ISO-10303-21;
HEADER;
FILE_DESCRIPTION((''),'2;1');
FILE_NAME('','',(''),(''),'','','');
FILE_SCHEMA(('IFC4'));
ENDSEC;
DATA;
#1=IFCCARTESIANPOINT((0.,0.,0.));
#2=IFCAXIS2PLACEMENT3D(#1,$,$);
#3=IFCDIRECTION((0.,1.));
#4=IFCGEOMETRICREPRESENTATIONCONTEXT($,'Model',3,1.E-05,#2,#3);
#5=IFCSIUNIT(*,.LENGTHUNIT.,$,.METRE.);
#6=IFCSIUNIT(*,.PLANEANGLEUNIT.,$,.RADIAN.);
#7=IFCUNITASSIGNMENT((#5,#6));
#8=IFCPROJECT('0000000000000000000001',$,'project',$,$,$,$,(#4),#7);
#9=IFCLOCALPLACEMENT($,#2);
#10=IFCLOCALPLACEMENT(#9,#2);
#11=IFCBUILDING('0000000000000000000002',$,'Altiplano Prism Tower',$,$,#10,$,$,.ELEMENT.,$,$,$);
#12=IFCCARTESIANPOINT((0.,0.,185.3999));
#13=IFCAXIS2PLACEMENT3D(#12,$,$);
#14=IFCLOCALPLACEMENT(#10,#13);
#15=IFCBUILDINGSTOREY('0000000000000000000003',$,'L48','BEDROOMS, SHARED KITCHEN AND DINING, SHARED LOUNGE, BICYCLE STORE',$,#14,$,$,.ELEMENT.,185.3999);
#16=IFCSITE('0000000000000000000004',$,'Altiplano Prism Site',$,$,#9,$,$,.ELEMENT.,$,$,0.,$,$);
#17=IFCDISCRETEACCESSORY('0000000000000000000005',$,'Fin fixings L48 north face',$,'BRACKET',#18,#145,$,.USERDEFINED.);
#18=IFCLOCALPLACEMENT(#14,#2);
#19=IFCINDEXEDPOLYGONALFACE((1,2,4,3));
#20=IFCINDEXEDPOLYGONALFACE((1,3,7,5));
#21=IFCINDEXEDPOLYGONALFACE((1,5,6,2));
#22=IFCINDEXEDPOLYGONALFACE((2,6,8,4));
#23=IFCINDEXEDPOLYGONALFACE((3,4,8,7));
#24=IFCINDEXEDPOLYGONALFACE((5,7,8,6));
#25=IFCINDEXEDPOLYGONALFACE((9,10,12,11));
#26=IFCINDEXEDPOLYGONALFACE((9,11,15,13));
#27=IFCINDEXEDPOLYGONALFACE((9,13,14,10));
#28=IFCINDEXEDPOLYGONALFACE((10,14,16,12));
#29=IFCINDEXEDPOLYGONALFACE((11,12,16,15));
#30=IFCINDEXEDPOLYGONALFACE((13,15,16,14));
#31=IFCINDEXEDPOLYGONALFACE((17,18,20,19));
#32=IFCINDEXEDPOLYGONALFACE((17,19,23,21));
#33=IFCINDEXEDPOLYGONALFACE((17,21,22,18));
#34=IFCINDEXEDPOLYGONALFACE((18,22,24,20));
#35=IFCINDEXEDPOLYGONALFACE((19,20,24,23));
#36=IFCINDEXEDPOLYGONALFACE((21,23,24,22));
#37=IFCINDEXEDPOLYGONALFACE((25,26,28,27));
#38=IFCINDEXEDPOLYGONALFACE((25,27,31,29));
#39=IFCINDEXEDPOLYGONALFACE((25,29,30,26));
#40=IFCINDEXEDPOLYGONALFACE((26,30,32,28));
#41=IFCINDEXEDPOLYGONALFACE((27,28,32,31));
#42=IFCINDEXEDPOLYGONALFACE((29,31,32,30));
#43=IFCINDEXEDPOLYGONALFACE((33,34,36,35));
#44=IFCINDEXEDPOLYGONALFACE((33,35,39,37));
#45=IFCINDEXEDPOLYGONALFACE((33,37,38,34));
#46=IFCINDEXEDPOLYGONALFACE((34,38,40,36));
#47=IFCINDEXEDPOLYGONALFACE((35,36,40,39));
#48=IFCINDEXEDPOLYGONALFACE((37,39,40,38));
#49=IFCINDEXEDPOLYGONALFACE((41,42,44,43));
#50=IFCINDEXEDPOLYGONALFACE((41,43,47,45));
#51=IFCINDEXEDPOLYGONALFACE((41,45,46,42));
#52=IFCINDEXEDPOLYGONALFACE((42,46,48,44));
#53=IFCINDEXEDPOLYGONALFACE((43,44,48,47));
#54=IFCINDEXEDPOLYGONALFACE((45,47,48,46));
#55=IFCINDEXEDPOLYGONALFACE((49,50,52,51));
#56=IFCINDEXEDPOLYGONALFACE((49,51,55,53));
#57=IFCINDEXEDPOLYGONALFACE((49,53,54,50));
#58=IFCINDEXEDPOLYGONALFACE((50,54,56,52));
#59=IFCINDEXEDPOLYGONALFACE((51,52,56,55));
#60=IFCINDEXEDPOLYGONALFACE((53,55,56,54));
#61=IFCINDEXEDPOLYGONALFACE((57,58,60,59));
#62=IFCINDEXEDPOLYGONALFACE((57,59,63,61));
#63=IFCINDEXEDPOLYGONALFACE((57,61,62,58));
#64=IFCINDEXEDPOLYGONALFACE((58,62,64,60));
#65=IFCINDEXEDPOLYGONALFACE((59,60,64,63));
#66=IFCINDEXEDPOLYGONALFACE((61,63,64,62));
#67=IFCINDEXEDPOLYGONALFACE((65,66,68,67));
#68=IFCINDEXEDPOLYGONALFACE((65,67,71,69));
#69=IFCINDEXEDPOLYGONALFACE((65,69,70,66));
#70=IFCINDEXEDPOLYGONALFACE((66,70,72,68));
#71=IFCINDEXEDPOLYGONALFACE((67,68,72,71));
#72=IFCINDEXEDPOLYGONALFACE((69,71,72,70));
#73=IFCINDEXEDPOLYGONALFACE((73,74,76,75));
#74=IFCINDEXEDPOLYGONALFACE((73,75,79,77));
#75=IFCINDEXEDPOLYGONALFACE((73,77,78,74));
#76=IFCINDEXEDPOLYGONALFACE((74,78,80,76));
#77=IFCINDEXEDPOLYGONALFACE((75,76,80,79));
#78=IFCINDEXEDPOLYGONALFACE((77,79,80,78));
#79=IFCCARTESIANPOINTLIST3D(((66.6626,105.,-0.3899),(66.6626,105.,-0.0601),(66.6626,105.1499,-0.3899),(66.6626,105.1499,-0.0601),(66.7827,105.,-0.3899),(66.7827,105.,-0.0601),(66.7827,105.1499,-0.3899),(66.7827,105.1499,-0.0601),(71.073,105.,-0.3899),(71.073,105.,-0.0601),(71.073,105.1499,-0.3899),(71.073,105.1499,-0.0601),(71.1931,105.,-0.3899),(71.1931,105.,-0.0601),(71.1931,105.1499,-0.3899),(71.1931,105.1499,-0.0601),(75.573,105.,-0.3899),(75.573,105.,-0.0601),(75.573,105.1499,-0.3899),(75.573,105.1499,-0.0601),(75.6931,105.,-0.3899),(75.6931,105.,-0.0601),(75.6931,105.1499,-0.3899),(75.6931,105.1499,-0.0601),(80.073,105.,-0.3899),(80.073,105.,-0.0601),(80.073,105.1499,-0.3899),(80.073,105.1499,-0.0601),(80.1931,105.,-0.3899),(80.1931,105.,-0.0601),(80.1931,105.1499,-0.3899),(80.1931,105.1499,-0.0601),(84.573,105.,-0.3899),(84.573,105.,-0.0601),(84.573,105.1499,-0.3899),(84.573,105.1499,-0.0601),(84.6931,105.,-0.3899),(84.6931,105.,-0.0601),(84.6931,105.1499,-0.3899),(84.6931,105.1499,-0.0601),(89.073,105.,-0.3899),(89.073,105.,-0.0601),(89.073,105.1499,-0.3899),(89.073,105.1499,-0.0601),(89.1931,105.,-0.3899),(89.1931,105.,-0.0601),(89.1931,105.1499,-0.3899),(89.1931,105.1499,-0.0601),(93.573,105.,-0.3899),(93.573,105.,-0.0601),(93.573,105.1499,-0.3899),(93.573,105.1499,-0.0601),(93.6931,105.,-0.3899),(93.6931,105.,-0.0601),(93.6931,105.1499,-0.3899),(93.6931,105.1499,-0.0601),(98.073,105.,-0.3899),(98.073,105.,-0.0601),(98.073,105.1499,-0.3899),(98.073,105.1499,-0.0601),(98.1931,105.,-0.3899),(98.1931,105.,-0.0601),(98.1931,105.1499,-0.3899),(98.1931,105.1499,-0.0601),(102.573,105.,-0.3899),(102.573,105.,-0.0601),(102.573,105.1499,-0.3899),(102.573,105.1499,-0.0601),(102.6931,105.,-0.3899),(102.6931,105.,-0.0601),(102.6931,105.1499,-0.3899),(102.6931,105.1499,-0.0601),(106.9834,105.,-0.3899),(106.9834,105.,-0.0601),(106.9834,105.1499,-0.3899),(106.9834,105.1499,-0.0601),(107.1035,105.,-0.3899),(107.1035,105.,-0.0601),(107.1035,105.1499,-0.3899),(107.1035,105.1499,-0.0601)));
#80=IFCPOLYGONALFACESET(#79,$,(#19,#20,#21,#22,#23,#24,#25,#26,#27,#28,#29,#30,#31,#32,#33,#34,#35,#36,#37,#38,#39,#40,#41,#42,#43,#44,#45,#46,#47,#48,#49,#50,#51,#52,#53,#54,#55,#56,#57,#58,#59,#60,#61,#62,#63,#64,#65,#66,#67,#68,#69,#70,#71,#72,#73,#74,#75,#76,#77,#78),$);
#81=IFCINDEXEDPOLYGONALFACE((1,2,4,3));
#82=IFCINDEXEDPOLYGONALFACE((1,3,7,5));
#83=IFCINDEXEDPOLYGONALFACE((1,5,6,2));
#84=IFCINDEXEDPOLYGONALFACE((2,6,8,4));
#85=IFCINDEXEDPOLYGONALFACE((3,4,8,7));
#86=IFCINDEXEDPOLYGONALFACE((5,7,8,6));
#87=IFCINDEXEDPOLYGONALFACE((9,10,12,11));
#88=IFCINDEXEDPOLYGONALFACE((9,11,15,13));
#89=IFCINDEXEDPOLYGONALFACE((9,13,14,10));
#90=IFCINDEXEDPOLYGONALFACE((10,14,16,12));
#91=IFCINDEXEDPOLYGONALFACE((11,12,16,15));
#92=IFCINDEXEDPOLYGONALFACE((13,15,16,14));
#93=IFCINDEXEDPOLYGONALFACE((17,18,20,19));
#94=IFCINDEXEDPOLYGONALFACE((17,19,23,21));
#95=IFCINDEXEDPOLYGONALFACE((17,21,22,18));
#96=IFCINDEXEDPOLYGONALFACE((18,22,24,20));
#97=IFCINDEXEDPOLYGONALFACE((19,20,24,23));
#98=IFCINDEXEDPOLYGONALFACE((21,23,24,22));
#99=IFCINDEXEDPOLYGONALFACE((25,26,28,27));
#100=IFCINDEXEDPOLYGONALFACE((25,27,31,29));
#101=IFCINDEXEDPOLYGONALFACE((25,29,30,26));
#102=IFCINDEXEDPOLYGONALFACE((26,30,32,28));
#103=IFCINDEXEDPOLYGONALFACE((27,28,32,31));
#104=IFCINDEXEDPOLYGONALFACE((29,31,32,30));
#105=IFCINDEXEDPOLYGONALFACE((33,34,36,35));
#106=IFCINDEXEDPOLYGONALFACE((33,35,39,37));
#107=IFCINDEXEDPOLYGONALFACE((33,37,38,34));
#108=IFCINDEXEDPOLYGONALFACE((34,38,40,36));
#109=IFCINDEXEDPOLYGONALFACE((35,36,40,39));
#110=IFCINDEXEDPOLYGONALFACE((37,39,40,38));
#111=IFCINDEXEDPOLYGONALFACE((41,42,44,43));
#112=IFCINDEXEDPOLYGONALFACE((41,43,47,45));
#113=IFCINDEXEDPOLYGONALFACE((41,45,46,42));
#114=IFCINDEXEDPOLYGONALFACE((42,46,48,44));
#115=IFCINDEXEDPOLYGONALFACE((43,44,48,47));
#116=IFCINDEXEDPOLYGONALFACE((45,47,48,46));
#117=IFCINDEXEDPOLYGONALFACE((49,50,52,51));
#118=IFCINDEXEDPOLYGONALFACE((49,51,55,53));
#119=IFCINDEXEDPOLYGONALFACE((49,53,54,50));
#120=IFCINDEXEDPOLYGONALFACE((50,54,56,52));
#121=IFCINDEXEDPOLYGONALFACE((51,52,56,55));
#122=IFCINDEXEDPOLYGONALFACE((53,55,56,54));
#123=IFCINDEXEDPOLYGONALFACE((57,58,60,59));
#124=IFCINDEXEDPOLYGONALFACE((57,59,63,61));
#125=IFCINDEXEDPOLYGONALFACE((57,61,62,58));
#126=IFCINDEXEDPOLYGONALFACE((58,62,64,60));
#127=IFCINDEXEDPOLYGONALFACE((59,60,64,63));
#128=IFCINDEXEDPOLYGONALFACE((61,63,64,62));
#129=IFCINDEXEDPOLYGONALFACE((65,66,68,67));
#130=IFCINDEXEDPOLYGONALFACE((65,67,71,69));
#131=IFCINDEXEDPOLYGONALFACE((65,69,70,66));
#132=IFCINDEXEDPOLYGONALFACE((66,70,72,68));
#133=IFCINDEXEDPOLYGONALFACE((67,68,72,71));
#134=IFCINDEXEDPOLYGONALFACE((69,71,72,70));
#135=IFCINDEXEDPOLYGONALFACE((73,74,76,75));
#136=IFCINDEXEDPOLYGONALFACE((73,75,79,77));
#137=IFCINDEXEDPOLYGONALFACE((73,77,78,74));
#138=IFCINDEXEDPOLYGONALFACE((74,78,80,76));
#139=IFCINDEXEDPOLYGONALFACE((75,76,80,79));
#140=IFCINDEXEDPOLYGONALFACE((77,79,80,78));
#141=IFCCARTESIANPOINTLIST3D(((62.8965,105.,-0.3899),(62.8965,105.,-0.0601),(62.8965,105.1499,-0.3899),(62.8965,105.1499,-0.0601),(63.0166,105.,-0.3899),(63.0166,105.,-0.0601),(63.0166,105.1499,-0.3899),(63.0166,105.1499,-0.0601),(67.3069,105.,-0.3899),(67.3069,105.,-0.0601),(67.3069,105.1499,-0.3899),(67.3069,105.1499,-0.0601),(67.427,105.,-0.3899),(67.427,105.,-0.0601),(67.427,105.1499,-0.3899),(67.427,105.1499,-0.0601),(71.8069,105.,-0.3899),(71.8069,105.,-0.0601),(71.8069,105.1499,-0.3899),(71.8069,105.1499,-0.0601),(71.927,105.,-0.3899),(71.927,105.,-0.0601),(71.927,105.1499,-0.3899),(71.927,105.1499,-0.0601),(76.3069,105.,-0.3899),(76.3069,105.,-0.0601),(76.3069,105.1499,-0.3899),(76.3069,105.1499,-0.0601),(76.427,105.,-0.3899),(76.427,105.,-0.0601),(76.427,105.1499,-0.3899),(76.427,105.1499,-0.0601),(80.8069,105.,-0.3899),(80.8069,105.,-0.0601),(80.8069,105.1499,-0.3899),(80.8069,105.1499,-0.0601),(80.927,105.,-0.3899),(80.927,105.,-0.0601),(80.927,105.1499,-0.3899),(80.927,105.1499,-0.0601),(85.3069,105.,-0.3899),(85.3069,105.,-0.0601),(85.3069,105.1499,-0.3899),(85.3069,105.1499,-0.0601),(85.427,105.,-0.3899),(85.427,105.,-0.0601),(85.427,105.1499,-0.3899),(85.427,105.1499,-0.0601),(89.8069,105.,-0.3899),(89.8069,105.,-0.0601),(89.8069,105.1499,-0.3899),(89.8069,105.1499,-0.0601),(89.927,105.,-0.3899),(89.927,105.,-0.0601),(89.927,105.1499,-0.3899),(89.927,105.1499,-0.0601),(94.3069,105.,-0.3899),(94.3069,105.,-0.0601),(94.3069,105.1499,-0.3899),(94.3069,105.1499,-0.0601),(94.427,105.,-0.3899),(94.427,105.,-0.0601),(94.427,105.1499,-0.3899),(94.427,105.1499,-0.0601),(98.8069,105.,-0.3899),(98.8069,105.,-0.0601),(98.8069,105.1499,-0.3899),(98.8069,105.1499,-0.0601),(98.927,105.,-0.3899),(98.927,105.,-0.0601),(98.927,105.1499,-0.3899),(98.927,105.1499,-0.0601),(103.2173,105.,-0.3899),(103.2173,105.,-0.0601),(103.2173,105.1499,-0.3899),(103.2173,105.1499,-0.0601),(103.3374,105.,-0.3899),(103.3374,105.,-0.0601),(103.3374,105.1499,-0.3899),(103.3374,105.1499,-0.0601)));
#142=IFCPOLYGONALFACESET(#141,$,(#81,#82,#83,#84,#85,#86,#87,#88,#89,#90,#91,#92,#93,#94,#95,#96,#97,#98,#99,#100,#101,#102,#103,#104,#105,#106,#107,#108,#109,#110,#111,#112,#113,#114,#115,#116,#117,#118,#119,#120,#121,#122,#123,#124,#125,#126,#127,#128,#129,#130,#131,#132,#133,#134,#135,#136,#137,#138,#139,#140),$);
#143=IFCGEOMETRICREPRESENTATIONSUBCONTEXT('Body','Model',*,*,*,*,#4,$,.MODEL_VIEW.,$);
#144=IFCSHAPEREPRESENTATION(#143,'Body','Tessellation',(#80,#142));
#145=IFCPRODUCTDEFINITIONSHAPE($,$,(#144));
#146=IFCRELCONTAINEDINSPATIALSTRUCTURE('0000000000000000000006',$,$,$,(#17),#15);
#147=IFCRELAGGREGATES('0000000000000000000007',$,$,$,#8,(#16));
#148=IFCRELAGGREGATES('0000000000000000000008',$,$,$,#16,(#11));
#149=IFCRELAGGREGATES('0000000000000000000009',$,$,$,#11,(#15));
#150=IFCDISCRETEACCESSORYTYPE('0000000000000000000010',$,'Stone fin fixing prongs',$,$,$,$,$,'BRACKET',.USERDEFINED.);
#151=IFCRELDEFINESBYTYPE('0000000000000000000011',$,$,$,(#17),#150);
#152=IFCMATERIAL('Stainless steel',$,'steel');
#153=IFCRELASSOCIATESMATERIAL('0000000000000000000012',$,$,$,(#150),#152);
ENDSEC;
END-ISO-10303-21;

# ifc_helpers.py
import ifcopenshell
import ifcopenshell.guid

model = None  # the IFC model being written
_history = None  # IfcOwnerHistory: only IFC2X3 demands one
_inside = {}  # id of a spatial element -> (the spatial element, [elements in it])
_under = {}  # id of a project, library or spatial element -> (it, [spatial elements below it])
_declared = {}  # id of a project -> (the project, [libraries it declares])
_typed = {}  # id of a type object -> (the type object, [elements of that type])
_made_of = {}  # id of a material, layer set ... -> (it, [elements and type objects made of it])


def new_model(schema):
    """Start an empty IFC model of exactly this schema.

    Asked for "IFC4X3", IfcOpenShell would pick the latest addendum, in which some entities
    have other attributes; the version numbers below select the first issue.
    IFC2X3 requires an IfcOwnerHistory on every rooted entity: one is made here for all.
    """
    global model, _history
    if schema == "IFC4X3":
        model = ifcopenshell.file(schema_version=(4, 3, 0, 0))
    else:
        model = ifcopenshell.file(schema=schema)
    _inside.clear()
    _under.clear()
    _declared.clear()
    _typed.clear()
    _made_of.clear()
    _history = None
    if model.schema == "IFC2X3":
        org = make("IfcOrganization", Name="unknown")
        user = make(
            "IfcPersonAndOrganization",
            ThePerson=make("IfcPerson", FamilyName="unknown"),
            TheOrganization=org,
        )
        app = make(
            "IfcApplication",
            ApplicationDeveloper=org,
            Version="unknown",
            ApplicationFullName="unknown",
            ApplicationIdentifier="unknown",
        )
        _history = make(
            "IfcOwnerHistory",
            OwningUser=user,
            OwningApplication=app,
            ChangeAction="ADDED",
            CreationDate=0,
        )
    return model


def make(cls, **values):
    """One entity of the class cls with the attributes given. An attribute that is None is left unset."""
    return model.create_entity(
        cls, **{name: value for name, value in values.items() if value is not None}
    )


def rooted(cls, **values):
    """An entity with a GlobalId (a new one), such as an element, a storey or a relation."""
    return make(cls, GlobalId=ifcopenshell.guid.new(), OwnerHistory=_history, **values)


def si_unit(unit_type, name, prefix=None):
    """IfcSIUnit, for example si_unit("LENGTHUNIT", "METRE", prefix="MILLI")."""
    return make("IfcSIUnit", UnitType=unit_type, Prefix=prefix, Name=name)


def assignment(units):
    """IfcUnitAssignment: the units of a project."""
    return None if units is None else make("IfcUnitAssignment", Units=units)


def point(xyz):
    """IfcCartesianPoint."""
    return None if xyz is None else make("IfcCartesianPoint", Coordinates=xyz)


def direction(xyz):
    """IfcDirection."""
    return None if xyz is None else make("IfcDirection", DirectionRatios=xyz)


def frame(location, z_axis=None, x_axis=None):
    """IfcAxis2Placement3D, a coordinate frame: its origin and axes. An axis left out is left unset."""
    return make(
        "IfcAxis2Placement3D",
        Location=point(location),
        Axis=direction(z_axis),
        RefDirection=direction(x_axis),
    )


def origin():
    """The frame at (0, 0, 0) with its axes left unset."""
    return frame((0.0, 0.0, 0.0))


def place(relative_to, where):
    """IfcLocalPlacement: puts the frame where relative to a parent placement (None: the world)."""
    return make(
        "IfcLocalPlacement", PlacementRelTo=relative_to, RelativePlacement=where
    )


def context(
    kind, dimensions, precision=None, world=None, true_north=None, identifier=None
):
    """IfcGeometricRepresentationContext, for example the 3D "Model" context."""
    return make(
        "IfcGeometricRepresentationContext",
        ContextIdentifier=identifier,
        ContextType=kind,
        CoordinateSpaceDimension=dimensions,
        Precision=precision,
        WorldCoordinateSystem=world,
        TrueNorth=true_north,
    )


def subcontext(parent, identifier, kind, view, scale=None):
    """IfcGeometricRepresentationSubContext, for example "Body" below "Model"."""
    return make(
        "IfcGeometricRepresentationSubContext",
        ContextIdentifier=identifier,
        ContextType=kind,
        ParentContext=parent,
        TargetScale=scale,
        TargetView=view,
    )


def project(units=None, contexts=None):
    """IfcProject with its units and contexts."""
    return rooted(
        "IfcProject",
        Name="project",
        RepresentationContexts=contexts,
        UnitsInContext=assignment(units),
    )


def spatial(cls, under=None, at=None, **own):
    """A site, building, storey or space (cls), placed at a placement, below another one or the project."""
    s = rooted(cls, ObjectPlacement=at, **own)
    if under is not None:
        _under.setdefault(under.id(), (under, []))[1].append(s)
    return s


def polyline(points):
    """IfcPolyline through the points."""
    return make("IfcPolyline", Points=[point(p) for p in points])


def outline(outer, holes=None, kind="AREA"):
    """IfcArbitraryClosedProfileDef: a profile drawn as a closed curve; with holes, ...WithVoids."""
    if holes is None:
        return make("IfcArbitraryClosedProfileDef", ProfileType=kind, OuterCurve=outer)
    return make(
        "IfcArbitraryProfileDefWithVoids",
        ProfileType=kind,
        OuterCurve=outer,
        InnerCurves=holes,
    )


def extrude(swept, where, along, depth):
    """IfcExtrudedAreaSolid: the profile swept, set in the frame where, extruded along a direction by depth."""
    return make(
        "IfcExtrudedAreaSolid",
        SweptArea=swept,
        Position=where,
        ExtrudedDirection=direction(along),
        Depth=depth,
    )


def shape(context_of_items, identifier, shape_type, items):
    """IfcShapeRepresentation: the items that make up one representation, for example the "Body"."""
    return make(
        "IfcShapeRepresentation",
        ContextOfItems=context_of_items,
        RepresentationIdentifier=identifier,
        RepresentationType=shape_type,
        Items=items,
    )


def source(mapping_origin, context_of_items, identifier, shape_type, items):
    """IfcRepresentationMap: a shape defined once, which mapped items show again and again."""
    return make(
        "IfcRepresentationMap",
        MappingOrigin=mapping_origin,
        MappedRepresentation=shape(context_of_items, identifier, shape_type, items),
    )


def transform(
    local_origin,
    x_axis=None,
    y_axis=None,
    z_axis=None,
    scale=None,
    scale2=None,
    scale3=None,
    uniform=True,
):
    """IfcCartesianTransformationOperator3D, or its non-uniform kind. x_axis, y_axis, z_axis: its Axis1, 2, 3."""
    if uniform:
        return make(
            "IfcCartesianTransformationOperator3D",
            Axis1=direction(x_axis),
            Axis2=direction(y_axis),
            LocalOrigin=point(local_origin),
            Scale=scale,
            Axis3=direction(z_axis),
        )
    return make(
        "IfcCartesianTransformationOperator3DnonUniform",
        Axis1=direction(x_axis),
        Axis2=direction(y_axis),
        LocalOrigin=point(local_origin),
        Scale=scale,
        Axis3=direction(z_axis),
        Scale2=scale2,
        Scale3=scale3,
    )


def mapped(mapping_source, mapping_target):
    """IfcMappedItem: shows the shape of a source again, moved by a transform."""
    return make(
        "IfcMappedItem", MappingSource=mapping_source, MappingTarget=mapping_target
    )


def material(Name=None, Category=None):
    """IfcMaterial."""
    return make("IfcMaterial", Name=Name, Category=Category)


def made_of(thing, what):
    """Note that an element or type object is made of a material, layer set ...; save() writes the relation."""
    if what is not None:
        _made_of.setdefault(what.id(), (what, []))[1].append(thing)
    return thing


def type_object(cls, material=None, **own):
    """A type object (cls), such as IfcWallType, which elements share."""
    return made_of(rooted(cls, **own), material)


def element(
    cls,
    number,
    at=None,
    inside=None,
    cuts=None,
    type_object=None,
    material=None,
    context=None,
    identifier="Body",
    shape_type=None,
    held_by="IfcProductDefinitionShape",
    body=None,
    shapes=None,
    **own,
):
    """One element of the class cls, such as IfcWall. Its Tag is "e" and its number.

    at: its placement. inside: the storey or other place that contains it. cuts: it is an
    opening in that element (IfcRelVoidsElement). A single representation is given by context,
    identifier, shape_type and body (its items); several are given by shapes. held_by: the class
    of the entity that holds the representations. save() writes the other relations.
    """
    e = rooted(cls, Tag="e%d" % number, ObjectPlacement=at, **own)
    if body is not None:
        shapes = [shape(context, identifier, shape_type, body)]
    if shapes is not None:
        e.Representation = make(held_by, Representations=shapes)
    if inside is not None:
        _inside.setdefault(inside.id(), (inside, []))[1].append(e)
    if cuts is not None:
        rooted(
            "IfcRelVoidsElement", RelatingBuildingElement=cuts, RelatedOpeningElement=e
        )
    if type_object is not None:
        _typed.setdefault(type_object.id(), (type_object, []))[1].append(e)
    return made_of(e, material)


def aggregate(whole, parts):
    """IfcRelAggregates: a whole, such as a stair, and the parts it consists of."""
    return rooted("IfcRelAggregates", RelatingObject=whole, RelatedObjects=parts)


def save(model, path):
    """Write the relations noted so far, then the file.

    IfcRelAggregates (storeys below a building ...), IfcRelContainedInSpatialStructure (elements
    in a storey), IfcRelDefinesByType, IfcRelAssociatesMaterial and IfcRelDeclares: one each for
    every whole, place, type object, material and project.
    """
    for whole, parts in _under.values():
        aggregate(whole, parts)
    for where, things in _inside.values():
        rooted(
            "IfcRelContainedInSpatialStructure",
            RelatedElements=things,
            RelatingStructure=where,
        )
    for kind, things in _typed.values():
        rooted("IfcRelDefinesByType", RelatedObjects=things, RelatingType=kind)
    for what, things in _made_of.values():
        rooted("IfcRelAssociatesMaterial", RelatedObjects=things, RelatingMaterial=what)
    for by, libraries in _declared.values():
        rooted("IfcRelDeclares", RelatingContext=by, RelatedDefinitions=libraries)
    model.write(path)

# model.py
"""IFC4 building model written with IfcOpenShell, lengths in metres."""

from ifc_helpers import new_model, si_unit, direction, frame, origin, place, context, subcontext, project, spatial, polyline, outline, extrude, source, transform, mapped, material, type_object, element, save


model = new_model("IFC4")

# Units and contexts
model_context = context("Model", 3, precision=1e-05, world=origin(), true_north=direction((0.0, 1.0)))
body_context = subcontext(model_context, "Body", "Model", "MODEL_VIEW")
ifc_project = project(units=[si_unit("LENGTHUNIT", "METRE"), si_unit("PLANEANGLEUNIT", "RADIAN")], contexts=[model_context])

# Site, building, storey
site_placement = place(None, origin())
site = spatial("IfcSite", under=ifc_project, at=site_placement, Name="Altiplano Prism Site", CompositionType="ELEMENT", RefElevation=0.0)
building_placement = place(site_placement, origin())
building = spatial("IfcBuilding", under=site, at=building_placement, Name="Altiplano Prism Tower", CompositionType="ELEMENT")
storey_placement = place(building_placement, frame((0.0, 0.0, 185.3999)))
storey = spatial("IfcBuildingStorey", under=building, at=storey_placement, Name="L48", Description="BEDROOMS, SHARED KITCHEN AND DINING, SHARED LOUNGE, BICYCLE STORE", CompositionType="ELEMENT", Elevation=185.3999)

# Discrete accessory
ifc_material_1 = material(Name="Stainless steel", Category="steel")
discrete_accessory_type = type_object("IfcDiscreteAccessoryType", Name="Stone fin fixing prongs", ElementType="BRACKET", PredefinedType="USERDEFINED", material=ifc_material_1)
shared_shape_1 = source(origin(), body_context, "Body", "SweptSolid", [
    extrude(outline(polyline([(-1.9431, 0.0601), (-1.823, 0.0601), (-1.823, 0.3899), (-1.9431, 0.3899), (-1.9431, 0.0601)])), frame((0.0, 0.0, 0.0), z_axis=(0.0, -1.0, 0.0), x_axis=(1.0, 0.0, 0.0)), (0.0, 0.0, 1.0), 0.1499),
    extrude(outline(polyline([(1.823, 0.0601), (1.9431, 0.0601), (1.9431, 0.3899), (1.823, 0.3899), (1.823, 0.0601)])), frame((0.0, 0.0, 0.0), z_axis=(0.0, -1.0, 0.0), x_axis=(1.0, 0.0, 0.0)), (0.0, 0.0, 1.0), 0.1499),
])
shared_shape_2 = source(origin(), body_context, "Body", "SweptSolid", [
    extrude(outline(polyline([(-1.9431, 0.0601), (-1.823, 0.0601), (-1.823, 0.3899), (-1.9431, 0.3899), (-1.9431, 0.0601)])), frame((0.0, 0.0, 0.0), z_axis=(0.0, -1.0, 0.0), x_axis=(1.0, 0.0, 0.0)), (0.0, 0.0, 1.0), 0.1499),
    extrude(outline(polyline([(1.823, 0.0601), (1.9431, 0.0601), (1.9431, 0.3899), (1.823, 0.3899), (1.823, 0.0601)])), frame((0.0, 0.0, 0.0), z_axis=(0.0, -1.0, 0.0), x_axis=(1.0, 0.0, 0.0)), (0.0, 0.0, 1.0), 0.1499),
])
discrete_accessory_1_placement = place(storey_placement, origin())
element("IfcDiscreteAccessory", 1, at=discrete_accessory_1_placement, inside=storey, type_object=discrete_accessory_type, Name="Fin fixings L48 north face", ObjectType="BRACKET", PredefinedType="USERDEFINED", context=body_context, shape_type="MappedRepresentation", body=[
    mapped(shared_shape_1, transform((105.1604, 105.0, -0.45), x_axis=(-1.0, 0.0, 0.0), y_axis=(0.0, -1.0, 0.0), z_axis=(0.0, 0.0, 1.0))),
    mapped(shared_shape_2, transform((100.75, 105.0, -0.45), x_axis=(-1.0, 0.0, 0.0), y_axis=(0.0, -1.0, 0.0), z_axis=(0.0, 0.0, 1.0))),
    mapped(shared_shape_2, transform((96.25, 105.0, -0.45), x_axis=(-1.0, 0.0, 0.0), y_axis=(0.0, -1.0, 0.0), z_axis=(0.0, 0.0, 1.0))),
    mapped(shared_shape_2, transform((91.75, 105.0, -0.45), x_axis=(-1.0, 0.0, 0.0), y_axis=(0.0, -1.0, 0.0), z_axis=(0.0, 0.0, 1.0))),
    mapped(shared_shape_2, transform((87.25, 105.0, -0.45), x_axis=(-1.0, 0.0, 0.0), y_axis=(0.0, -1.0, 0.0), z_axis=(0.0, 0.0, 1.0))),
    mapped(shared_shape_2, transform((82.75, 105.0, -0.45), x_axis=(-1.0, 0.0, 0.0), y_axis=(0.0, -1.0, 0.0), z_axis=(0.0, 0.0, 1.0))),
    mapped(shared_shape_2, transform((78.25, 105.0, -0.45), x_axis=(-1.0, 0.0, 0.0), y_axis=(0.0, -1.0, 0.0), z_axis=(0.0, 0.0, 1.0))),
    mapped(shared_shape_2, transform((73.75, 105.0, -0.45), x_axis=(-1.0, 0.0, 0.0), y_axis=(0.0, -1.0, 0.0), z_axis=(0.0, 0.0, 1.0))),
    mapped(shared_shape_2, transform((69.25, 105.0, -0.45), x_axis=(-1.0, 0.0, 0.0), y_axis=(0.0, -1.0, 0.0), z_axis=(0.0, 0.0, 1.0))),
    mapped(shared_shape_1, transform((64.8396, 105.0, -0.45), x_axis=(-1.0, 0.0, 0.0), y_axis=(0.0, -1.0, 0.0), z_axis=(0.0, 0.0, 1.0))),
])

save(model, "model.ifc")
